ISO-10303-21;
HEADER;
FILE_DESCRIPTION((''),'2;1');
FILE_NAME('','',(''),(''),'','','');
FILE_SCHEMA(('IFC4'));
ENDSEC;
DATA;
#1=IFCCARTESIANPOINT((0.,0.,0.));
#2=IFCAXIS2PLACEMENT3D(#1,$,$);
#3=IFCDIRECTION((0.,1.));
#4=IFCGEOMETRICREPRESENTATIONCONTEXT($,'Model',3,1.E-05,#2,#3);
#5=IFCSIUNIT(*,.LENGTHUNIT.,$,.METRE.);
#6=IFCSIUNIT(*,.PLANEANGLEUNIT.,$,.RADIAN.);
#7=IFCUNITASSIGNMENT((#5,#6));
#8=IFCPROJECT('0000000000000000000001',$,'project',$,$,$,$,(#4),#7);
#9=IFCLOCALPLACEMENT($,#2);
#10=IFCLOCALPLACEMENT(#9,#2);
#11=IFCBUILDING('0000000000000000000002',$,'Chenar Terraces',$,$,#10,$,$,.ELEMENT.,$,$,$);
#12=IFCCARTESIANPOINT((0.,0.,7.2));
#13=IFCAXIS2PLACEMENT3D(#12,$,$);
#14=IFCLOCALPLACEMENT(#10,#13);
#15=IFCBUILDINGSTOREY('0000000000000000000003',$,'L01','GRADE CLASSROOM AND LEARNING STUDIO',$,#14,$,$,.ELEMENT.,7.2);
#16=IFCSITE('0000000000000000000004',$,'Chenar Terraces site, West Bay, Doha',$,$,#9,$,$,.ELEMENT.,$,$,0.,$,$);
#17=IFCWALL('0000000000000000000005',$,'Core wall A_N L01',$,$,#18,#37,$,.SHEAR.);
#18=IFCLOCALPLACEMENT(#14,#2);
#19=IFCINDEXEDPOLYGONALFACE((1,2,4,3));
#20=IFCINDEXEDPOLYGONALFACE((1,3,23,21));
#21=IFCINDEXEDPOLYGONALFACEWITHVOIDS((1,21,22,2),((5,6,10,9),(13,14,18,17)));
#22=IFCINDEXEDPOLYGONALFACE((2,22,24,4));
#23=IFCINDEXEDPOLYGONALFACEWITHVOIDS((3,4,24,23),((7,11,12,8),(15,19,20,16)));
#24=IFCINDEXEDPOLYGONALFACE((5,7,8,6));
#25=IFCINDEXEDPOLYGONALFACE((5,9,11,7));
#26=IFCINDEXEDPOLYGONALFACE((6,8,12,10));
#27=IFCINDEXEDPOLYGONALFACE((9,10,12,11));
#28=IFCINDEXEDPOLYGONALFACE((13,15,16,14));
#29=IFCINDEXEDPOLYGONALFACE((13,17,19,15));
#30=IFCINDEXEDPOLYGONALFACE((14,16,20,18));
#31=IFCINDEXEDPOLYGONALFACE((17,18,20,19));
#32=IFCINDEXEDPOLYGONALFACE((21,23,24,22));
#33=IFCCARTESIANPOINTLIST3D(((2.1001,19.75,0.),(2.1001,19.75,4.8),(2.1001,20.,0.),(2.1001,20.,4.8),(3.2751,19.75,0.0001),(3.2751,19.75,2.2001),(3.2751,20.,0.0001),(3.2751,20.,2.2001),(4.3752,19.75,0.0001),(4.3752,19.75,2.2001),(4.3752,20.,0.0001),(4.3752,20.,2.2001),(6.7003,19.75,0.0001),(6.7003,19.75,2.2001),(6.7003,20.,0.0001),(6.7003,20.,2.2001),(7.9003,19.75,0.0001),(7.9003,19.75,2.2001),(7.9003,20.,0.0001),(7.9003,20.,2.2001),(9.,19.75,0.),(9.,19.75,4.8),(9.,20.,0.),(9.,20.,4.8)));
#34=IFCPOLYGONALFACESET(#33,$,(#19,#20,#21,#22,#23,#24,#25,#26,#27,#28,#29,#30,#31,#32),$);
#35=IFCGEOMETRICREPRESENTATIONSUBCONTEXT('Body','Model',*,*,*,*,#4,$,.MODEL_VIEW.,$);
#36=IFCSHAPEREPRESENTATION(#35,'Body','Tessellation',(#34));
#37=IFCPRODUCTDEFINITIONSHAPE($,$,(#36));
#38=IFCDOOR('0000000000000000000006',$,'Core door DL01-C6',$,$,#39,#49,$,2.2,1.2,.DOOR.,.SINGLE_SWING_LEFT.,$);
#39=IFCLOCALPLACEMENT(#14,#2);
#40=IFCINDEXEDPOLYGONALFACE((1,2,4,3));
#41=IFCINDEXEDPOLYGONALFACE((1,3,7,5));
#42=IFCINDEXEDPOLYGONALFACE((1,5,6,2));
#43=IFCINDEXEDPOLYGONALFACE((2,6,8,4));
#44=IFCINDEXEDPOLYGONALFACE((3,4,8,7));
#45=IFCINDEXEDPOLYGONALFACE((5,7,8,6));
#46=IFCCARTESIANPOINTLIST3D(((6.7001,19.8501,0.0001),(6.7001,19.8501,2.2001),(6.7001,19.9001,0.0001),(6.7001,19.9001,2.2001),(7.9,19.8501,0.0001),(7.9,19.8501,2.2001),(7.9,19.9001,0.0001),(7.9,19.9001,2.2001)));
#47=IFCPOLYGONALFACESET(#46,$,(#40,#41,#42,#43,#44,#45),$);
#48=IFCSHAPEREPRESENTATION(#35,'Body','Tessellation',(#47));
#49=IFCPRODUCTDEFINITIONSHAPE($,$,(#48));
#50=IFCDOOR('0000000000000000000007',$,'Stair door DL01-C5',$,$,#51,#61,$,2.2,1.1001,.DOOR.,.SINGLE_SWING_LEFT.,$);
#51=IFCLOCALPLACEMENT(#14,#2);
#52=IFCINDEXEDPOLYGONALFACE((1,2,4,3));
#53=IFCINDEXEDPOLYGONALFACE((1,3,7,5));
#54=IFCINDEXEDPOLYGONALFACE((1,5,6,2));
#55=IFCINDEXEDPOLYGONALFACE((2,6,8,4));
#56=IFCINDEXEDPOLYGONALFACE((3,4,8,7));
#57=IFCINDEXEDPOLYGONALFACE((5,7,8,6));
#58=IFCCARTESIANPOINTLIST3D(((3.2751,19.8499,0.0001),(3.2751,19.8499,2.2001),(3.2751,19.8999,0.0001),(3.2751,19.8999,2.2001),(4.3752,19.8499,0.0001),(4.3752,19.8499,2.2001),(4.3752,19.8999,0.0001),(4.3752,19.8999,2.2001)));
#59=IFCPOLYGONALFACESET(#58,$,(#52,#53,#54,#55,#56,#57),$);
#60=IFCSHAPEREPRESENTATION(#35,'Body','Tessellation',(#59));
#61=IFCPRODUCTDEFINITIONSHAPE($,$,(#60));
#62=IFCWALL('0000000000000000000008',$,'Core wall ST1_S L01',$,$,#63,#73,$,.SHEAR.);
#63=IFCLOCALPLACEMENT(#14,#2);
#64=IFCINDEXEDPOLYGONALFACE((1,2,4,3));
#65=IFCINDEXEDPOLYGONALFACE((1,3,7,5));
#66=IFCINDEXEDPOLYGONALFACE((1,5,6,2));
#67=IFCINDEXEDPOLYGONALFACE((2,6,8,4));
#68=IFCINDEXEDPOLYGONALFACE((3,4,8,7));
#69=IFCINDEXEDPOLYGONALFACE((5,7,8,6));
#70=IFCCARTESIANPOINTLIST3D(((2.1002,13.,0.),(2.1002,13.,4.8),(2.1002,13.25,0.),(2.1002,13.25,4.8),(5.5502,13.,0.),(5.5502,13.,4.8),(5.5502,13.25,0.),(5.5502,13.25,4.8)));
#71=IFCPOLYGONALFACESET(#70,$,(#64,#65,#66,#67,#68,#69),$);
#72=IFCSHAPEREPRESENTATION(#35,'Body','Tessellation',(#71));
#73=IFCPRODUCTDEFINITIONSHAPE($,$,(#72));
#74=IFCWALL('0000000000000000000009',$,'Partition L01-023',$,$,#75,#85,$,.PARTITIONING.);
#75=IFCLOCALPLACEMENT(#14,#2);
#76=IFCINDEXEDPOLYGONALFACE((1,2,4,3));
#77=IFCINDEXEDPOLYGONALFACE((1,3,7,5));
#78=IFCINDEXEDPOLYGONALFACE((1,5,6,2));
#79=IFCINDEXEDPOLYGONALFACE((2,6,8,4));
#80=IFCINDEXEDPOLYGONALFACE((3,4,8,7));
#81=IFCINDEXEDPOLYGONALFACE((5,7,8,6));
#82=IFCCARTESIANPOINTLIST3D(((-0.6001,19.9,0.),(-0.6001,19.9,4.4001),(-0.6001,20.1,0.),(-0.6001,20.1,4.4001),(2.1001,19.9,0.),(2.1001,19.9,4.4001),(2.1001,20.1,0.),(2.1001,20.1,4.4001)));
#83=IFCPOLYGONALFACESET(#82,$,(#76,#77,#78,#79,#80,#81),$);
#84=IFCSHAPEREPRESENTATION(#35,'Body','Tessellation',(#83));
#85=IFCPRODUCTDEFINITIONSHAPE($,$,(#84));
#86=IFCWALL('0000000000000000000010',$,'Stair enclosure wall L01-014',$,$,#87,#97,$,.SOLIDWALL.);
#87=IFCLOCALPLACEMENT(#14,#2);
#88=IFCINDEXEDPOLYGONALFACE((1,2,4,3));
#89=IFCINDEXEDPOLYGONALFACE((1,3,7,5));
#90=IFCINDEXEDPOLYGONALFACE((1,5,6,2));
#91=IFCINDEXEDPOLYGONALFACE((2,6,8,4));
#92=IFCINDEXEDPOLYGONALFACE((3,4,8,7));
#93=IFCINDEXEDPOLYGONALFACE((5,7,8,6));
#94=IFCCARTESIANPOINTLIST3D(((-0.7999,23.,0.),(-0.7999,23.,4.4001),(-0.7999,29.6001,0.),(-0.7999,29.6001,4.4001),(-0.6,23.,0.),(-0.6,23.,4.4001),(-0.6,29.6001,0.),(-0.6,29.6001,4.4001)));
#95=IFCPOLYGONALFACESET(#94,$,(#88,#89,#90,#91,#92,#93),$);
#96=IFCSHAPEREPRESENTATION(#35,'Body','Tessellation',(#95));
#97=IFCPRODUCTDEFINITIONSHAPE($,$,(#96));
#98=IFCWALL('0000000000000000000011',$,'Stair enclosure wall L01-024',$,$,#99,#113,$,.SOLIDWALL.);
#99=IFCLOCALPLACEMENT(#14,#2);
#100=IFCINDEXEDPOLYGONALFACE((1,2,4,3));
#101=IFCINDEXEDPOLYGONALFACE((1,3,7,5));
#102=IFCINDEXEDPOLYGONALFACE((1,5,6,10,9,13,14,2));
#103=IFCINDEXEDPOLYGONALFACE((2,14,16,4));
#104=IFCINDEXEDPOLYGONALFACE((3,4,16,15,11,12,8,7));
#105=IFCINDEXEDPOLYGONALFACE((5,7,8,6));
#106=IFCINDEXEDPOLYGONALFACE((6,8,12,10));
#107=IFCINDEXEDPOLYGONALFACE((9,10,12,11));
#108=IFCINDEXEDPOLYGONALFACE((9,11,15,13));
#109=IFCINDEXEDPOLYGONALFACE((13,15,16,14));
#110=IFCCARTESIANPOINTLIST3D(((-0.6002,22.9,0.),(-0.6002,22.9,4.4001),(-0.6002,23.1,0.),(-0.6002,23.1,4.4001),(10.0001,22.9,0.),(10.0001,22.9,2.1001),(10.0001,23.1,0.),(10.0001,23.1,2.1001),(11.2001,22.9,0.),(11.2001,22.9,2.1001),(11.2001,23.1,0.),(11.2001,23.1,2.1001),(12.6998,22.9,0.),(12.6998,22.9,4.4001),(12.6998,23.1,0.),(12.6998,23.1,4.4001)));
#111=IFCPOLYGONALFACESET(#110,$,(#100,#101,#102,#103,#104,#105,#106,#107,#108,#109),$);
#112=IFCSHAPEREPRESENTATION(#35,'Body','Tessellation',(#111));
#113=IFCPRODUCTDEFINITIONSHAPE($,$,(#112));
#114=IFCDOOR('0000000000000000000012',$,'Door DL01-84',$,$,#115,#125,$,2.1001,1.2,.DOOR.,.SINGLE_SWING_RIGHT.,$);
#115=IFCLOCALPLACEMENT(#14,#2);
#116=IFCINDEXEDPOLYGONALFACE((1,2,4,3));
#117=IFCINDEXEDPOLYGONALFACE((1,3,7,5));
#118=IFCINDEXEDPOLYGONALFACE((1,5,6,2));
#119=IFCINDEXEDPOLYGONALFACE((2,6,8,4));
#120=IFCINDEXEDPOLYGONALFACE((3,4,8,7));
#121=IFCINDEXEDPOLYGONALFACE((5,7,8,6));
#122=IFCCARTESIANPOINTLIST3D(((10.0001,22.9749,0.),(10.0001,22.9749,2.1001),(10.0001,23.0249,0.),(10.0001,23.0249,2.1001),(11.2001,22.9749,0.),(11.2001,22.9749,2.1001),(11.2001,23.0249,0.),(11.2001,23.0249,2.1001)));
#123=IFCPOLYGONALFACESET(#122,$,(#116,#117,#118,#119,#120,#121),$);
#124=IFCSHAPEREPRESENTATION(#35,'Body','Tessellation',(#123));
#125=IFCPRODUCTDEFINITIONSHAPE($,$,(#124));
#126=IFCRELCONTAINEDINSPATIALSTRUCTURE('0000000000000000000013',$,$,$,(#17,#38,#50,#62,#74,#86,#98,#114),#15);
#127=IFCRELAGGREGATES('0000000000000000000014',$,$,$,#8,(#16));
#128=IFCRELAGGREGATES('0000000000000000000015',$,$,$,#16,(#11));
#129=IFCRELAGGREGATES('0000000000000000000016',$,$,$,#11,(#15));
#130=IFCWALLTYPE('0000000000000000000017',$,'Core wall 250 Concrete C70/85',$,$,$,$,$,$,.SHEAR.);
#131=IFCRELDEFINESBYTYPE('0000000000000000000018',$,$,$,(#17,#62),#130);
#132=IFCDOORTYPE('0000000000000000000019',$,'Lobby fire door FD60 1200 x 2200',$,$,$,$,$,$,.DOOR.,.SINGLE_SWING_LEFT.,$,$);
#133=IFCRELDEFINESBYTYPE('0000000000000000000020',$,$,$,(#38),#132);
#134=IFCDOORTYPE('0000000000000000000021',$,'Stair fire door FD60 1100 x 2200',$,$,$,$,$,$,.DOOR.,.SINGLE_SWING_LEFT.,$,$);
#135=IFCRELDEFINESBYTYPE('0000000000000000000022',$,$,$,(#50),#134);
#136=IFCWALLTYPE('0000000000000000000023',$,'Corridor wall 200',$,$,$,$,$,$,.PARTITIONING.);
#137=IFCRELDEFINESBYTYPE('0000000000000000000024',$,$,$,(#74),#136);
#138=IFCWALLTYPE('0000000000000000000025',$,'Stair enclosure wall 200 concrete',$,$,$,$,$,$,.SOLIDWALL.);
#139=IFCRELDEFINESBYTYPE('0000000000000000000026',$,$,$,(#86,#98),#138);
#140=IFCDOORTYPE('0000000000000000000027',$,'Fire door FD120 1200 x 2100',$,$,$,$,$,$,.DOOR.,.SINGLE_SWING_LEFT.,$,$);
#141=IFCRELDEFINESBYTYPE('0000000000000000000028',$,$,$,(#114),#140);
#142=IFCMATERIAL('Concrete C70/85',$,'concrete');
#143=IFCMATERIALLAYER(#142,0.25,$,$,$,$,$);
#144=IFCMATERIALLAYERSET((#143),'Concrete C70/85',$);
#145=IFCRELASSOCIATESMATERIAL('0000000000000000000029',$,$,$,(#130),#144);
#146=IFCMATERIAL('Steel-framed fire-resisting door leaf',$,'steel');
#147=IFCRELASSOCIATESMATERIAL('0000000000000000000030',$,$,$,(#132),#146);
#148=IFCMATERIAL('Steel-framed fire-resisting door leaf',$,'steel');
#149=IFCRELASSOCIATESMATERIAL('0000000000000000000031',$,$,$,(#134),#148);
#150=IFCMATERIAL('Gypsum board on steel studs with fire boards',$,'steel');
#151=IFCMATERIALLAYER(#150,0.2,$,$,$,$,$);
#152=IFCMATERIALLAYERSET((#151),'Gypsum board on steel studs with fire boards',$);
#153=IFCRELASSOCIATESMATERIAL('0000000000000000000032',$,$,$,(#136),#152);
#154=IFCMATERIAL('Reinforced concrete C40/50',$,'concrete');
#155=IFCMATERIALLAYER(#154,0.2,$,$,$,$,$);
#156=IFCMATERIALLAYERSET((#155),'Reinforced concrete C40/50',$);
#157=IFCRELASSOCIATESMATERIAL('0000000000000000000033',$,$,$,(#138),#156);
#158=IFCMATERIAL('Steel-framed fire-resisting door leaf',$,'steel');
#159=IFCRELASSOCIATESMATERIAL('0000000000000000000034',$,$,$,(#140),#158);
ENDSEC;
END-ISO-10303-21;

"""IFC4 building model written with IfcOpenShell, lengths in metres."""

from ifc_helpers import new_model, si_unit, direction, frame, frame_2d, origin, place, context, subcontext, project, spatial, rectangle, extrude, material, layer, layer_set, type_object, element, fill, save


model = new_model("IFC4")

# Units and contexts
model_context = context("Model", 3, precision=1e-05, world=origin(), true_north=direction((0.0, 1.0)))
body_context = subcontext(model_context, "Body", "Model", "MODEL_VIEW")
ifc_project = project(units=[si_unit("LENGTHUNIT", "METRE"), si_unit("PLANEANGLEUNIT", "RADIAN")], contexts=[model_context])

# Site, building, storey
site_placement = place(None, origin())
site = spatial("IfcSite", under=ifc_project, at=site_placement, Name="Chenar Terraces site, West Bay, Doha", CompositionType="ELEMENT", RefElevation=0.0)
building_placement = place(site_placement, origin())
building = spatial("IfcBuilding", under=site, at=building_placement, Name="Chenar Terraces", CompositionType="ELEMENT")
storey_placement = place(building_placement, frame((0.0, 0.0, 7.2)))
storey = spatial("IfcBuildingStorey", under=building, at=storey_placement, Name="L01", Description="GRADE CLASSROOM AND LEARNING STUDIO", CompositionType="ELEMENT", Elevation=7.2)

# Wall, openings, doors
ifc_material_1 = material(Name="Concrete C70/85", Category="concrete")
ifc_layer_1 = layer(ifc_material_1, 0.25)
ifc_layer_set_1 = layer_set([ifc_layer_1], Name="Concrete C70/85")
wall_type_1 = type_object("IfcWallType", Name="Core wall 250 Concrete C70/85", PredefinedType="SHEAR", material=ifc_layer_set_1)
wall_1_placement = place(storey_placement, frame((2.1001, 19.875, 0.0), z_axis=(0.0, 0.0, 1.0), x_axis=(1.0, 0.0, 0.0)))
wall_1 = element("IfcWall", 1, at=wall_1_placement, inside=storey, type_object=wall_type_1, Name="Core wall A_N L01", PredefinedType="SHEAR", context=body_context, shape_type="SweptSolid", body=[
    extrude(rectangle(XDim=6.8999, YDim=0.25, at=frame_2d((3.45, 0.0))), origin(), (0.0, 0.0, 1.0), 4.8),
])
opening_1_placement = place(wall_1_placement, frame((1.175, 0.0, 0.0)))
opening_1 = element("IfcOpeningElement", 2, at=opening_1_placement, cuts=wall_1, PredefinedType="OPENING", context=body_context, shape_type="SweptSolid", body=[
    extrude(rectangle(XDim=1.1001, YDim=2.2, at=frame_2d((0.55, 1.1001))), frame((0.0, 0.135, 0.0), z_axis=(0.0, -1.0, 0.0), x_axis=(1.0, 0.0, 0.0)), (0.0, 0.0, 1.0), 0.27),
])
opening_2_placement = place(wall_1_placement, frame((4.6001, 0.0, 0.0)))
opening_2 = element("IfcOpeningElement", 3, at=opening_2_placement, cuts=wall_1, PredefinedType="OPENING", context=body_context, shape_type="SweptSolid", body=[
    extrude(rectangle(XDim=1.2, YDim=2.2, at=frame_2d((0.6001, 1.1001))), frame((0.0, 0.135, 0.0), z_axis=(0.0, -1.0, 0.0), x_axis=(1.0, 0.0, 0.0)), (0.0, 0.0, 1.0), 0.27),
])
ifc_material_2 = material(Name="Steel-framed fire-resisting door leaf", Category="steel")
door_type_1 = type_object("IfcDoorType", Name="Lobby fire door FD60 1200 x 2200", OperationType="SINGLE_SWING_LEFT", PredefinedType="DOOR", material=ifc_material_2)
door_1_placement = place(opening_2_placement, frame((1.2, 0.0, 0.0), z_axis=(0.0, 0.0, 1.0), x_axis=(-1.0, 0.0, 0.0)))
door_1 = element("IfcDoor", 4, at=door_1_placement, inside=storey, type_object=door_type_1, Name="Core door DL01-C6", OperationType="SINGLE_SWING_LEFT", OverallHeight=2.2, OverallWidth=1.2, PredefinedType="DOOR", context=body_context, shape_type="SweptSolid", body=[
    extrude(rectangle(XDim=1.2, YDim=2.2, at=frame_2d((0.6001, 1.1001))), frame((0.0, 0.0249, 0.0), z_axis=(0.0, -1.0, 0.0), x_axis=(1.0, 0.0, 0.0)), (0.0, 0.0, 1.0), 0.05),
])
fill(opening_2, door_1)
ifc_material_3 = material(Name="Steel-framed fire-resisting door leaf", Category="steel")
door_type_2 = type_object("IfcDoorType", Name="Stair fire door FD60 1100 x 2200", OperationType="SINGLE_SWING_LEFT", PredefinedType="DOOR", material=ifc_material_3)
door_2_placement = place(opening_1_placement, origin())
door_2 = element("IfcDoor", 5, at=door_2_placement, inside=storey, type_object=door_type_2, Name="Stair door DL01-C5", OperationType="SINGLE_SWING_LEFT", OverallHeight=2.2, OverallWidth=1.1001, PredefinedType="DOOR", context=body_context, shape_type="SweptSolid", body=[
    extrude(rectangle(XDim=1.1001, YDim=2.2, at=frame_2d((0.55, 1.1001))), frame((0.0, 0.0249, 0.0), z_axis=(0.0, -1.0, 0.0), x_axis=(1.0, 0.0, 0.0)), (0.0, 0.0, 1.0), 0.05),
])
fill(opening_1, door_2)

# Walls
wall_2_placement = place(storey_placement, frame((2.1001, 13.125, 0.0), z_axis=(0.0, 0.0, 1.0), x_axis=(1.0, 0.0, 0.0)))
element("IfcWall", 6, at=wall_2_placement, inside=storey, type_object=wall_type_1, Name="Core wall ST1_S L01", PredefinedType="SHEAR", context=body_context, shape_type="SweptSolid", body=[
    extrude(rectangle(XDim=3.45, YDim=0.25, at=frame_2d((1.7251, 0.0))), origin(), (0.0, 0.0, 1.0), 4.8),
])
ifc_material_4 = material(Name="Gypsum board on steel studs with fire boards", Category="steel")
ifc_layer_2 = layer(ifc_material_4, 0.2)
ifc_layer_set_2 = layer_set([ifc_layer_2], Name="Gypsum board on steel studs with fire boards")
wall_type_2 = type_object("IfcWallType", Name="Corridor wall 200", PredefinedType="PARTITIONING", material=ifc_layer_set_2)
wall_3_placement = place(storey_placement, frame((-0.6001, 20.0, 0.0), z_axis=(0.0, 0.0, 1.0), x_axis=(1.0, 0.0, 0.0)))
element("IfcWall", 7, at=wall_3_placement, inside=storey, type_object=wall_type_2, Name="Partition L01-023", PredefinedType="PARTITIONING", context=body_context, shape_type="SweptSolid", body=[
    extrude(rectangle(XDim=2.7002, YDim=0.2, at=frame_2d((1.3501, 0.0))), origin(), (0.0, 0.0, 1.0), 4.4001),
])

# Wall
ifc_material_5 = material(Name="Reinforced concrete C40/50", Category="concrete")
ifc_layer_3 = layer(ifc_material_5, 0.2)
ifc_layer_set_3 = layer_set([ifc_layer_3], Name="Reinforced concrete C40/50")
wall_type_3 = type_object("IfcWallType", Name="Stair enclosure wall 200 concrete", PredefinedType="SOLIDWALL", material=ifc_layer_set_3)
wall_4_placement = place(storey_placement, frame((-0.7, 23.0, 0.0), z_axis=(0.0, 0.0, 1.0), x_axis=(0.0, 1.0, 0.0)))
element("IfcWall", 8, at=wall_4_placement, inside=storey, type_object=wall_type_3, Name="Stair enclosure wall L01-014", PredefinedType="SOLIDWALL", context=body_context, shape_type="SweptSolid", body=[
    extrude(rectangle(XDim=6.6001, YDim=0.2, at=frame_2d((3.3, 0.0))), origin(), (0.0, 0.0, 1.0), 4.4001),
])

# Wall, opening, door
wall_5_placement = place(storey_placement, frame((-0.6001, 23.0, 0.0), z_axis=(0.0, 0.0, 1.0), x_axis=(1.0, 0.0, 0.0)))
wall_5 = element("IfcWall", 9, at=wall_5_placement, inside=storey, type_object=wall_type_3, Name="Stair enclosure wall L01-024", PredefinedType="SOLIDWALL", context=body_context, shape_type="SweptSolid", body=[
    extrude(rectangle(XDim=13.3, YDim=0.2, at=frame_2d((6.6499, 0.0))), origin(), (0.0, 0.0, 1.0), 4.4001),
])
opening_3_placement = place(wall_5_placement, frame((10.6001, 0.0, 0.0)))
opening_3 = element("IfcOpeningElement", 10, at=opening_3_placement, cuts=wall_5, PredefinedType="OPENING", context=body_context, shape_type="SweptSolid", body=[
    extrude(rectangle(XDim=1.2, YDim=2.1001, at=frame_2d((0.6001, 1.05))), frame((0.0, 0.1099, 0.0), z_axis=(0.0, -1.0, 0.0), x_axis=(1.0, 0.0, 0.0)), (0.0, 0.0, 1.0), 0.22),
])
ifc_material_6 = material(Name="Steel-framed fire-resisting door leaf", Category="steel")
door_type_3 = type_object("IfcDoorType", Name="Fire door FD120 1200 x 2100", OperationType="SINGLE_SWING_LEFT", PredefinedType="DOOR", material=ifc_material_6)
door_3_placement = place(opening_3_placement, origin())
door_3 = element("IfcDoor", 11, at=door_3_placement, inside=storey, type_object=door_type_3, Name="Door DL01-84", OperationType="SINGLE_SWING_RIGHT", OverallHeight=2.1001, OverallWidth=1.2, PredefinedType="DOOR", context=body_context, shape_type="SweptSolid", body=[
    extrude(rectangle(XDim=1.2, YDim=2.1001, at=frame_2d((0.6001, 1.05))), frame((0.0, 0.0249, 0.0), z_axis=(0.0, -1.0, 0.0), x_axis=(1.0, 0.0, 0.0)), (0.0, 0.0, 1.0), 0.05),
])
fill(opening_3, door_3)

save(model, "model.ifc")
